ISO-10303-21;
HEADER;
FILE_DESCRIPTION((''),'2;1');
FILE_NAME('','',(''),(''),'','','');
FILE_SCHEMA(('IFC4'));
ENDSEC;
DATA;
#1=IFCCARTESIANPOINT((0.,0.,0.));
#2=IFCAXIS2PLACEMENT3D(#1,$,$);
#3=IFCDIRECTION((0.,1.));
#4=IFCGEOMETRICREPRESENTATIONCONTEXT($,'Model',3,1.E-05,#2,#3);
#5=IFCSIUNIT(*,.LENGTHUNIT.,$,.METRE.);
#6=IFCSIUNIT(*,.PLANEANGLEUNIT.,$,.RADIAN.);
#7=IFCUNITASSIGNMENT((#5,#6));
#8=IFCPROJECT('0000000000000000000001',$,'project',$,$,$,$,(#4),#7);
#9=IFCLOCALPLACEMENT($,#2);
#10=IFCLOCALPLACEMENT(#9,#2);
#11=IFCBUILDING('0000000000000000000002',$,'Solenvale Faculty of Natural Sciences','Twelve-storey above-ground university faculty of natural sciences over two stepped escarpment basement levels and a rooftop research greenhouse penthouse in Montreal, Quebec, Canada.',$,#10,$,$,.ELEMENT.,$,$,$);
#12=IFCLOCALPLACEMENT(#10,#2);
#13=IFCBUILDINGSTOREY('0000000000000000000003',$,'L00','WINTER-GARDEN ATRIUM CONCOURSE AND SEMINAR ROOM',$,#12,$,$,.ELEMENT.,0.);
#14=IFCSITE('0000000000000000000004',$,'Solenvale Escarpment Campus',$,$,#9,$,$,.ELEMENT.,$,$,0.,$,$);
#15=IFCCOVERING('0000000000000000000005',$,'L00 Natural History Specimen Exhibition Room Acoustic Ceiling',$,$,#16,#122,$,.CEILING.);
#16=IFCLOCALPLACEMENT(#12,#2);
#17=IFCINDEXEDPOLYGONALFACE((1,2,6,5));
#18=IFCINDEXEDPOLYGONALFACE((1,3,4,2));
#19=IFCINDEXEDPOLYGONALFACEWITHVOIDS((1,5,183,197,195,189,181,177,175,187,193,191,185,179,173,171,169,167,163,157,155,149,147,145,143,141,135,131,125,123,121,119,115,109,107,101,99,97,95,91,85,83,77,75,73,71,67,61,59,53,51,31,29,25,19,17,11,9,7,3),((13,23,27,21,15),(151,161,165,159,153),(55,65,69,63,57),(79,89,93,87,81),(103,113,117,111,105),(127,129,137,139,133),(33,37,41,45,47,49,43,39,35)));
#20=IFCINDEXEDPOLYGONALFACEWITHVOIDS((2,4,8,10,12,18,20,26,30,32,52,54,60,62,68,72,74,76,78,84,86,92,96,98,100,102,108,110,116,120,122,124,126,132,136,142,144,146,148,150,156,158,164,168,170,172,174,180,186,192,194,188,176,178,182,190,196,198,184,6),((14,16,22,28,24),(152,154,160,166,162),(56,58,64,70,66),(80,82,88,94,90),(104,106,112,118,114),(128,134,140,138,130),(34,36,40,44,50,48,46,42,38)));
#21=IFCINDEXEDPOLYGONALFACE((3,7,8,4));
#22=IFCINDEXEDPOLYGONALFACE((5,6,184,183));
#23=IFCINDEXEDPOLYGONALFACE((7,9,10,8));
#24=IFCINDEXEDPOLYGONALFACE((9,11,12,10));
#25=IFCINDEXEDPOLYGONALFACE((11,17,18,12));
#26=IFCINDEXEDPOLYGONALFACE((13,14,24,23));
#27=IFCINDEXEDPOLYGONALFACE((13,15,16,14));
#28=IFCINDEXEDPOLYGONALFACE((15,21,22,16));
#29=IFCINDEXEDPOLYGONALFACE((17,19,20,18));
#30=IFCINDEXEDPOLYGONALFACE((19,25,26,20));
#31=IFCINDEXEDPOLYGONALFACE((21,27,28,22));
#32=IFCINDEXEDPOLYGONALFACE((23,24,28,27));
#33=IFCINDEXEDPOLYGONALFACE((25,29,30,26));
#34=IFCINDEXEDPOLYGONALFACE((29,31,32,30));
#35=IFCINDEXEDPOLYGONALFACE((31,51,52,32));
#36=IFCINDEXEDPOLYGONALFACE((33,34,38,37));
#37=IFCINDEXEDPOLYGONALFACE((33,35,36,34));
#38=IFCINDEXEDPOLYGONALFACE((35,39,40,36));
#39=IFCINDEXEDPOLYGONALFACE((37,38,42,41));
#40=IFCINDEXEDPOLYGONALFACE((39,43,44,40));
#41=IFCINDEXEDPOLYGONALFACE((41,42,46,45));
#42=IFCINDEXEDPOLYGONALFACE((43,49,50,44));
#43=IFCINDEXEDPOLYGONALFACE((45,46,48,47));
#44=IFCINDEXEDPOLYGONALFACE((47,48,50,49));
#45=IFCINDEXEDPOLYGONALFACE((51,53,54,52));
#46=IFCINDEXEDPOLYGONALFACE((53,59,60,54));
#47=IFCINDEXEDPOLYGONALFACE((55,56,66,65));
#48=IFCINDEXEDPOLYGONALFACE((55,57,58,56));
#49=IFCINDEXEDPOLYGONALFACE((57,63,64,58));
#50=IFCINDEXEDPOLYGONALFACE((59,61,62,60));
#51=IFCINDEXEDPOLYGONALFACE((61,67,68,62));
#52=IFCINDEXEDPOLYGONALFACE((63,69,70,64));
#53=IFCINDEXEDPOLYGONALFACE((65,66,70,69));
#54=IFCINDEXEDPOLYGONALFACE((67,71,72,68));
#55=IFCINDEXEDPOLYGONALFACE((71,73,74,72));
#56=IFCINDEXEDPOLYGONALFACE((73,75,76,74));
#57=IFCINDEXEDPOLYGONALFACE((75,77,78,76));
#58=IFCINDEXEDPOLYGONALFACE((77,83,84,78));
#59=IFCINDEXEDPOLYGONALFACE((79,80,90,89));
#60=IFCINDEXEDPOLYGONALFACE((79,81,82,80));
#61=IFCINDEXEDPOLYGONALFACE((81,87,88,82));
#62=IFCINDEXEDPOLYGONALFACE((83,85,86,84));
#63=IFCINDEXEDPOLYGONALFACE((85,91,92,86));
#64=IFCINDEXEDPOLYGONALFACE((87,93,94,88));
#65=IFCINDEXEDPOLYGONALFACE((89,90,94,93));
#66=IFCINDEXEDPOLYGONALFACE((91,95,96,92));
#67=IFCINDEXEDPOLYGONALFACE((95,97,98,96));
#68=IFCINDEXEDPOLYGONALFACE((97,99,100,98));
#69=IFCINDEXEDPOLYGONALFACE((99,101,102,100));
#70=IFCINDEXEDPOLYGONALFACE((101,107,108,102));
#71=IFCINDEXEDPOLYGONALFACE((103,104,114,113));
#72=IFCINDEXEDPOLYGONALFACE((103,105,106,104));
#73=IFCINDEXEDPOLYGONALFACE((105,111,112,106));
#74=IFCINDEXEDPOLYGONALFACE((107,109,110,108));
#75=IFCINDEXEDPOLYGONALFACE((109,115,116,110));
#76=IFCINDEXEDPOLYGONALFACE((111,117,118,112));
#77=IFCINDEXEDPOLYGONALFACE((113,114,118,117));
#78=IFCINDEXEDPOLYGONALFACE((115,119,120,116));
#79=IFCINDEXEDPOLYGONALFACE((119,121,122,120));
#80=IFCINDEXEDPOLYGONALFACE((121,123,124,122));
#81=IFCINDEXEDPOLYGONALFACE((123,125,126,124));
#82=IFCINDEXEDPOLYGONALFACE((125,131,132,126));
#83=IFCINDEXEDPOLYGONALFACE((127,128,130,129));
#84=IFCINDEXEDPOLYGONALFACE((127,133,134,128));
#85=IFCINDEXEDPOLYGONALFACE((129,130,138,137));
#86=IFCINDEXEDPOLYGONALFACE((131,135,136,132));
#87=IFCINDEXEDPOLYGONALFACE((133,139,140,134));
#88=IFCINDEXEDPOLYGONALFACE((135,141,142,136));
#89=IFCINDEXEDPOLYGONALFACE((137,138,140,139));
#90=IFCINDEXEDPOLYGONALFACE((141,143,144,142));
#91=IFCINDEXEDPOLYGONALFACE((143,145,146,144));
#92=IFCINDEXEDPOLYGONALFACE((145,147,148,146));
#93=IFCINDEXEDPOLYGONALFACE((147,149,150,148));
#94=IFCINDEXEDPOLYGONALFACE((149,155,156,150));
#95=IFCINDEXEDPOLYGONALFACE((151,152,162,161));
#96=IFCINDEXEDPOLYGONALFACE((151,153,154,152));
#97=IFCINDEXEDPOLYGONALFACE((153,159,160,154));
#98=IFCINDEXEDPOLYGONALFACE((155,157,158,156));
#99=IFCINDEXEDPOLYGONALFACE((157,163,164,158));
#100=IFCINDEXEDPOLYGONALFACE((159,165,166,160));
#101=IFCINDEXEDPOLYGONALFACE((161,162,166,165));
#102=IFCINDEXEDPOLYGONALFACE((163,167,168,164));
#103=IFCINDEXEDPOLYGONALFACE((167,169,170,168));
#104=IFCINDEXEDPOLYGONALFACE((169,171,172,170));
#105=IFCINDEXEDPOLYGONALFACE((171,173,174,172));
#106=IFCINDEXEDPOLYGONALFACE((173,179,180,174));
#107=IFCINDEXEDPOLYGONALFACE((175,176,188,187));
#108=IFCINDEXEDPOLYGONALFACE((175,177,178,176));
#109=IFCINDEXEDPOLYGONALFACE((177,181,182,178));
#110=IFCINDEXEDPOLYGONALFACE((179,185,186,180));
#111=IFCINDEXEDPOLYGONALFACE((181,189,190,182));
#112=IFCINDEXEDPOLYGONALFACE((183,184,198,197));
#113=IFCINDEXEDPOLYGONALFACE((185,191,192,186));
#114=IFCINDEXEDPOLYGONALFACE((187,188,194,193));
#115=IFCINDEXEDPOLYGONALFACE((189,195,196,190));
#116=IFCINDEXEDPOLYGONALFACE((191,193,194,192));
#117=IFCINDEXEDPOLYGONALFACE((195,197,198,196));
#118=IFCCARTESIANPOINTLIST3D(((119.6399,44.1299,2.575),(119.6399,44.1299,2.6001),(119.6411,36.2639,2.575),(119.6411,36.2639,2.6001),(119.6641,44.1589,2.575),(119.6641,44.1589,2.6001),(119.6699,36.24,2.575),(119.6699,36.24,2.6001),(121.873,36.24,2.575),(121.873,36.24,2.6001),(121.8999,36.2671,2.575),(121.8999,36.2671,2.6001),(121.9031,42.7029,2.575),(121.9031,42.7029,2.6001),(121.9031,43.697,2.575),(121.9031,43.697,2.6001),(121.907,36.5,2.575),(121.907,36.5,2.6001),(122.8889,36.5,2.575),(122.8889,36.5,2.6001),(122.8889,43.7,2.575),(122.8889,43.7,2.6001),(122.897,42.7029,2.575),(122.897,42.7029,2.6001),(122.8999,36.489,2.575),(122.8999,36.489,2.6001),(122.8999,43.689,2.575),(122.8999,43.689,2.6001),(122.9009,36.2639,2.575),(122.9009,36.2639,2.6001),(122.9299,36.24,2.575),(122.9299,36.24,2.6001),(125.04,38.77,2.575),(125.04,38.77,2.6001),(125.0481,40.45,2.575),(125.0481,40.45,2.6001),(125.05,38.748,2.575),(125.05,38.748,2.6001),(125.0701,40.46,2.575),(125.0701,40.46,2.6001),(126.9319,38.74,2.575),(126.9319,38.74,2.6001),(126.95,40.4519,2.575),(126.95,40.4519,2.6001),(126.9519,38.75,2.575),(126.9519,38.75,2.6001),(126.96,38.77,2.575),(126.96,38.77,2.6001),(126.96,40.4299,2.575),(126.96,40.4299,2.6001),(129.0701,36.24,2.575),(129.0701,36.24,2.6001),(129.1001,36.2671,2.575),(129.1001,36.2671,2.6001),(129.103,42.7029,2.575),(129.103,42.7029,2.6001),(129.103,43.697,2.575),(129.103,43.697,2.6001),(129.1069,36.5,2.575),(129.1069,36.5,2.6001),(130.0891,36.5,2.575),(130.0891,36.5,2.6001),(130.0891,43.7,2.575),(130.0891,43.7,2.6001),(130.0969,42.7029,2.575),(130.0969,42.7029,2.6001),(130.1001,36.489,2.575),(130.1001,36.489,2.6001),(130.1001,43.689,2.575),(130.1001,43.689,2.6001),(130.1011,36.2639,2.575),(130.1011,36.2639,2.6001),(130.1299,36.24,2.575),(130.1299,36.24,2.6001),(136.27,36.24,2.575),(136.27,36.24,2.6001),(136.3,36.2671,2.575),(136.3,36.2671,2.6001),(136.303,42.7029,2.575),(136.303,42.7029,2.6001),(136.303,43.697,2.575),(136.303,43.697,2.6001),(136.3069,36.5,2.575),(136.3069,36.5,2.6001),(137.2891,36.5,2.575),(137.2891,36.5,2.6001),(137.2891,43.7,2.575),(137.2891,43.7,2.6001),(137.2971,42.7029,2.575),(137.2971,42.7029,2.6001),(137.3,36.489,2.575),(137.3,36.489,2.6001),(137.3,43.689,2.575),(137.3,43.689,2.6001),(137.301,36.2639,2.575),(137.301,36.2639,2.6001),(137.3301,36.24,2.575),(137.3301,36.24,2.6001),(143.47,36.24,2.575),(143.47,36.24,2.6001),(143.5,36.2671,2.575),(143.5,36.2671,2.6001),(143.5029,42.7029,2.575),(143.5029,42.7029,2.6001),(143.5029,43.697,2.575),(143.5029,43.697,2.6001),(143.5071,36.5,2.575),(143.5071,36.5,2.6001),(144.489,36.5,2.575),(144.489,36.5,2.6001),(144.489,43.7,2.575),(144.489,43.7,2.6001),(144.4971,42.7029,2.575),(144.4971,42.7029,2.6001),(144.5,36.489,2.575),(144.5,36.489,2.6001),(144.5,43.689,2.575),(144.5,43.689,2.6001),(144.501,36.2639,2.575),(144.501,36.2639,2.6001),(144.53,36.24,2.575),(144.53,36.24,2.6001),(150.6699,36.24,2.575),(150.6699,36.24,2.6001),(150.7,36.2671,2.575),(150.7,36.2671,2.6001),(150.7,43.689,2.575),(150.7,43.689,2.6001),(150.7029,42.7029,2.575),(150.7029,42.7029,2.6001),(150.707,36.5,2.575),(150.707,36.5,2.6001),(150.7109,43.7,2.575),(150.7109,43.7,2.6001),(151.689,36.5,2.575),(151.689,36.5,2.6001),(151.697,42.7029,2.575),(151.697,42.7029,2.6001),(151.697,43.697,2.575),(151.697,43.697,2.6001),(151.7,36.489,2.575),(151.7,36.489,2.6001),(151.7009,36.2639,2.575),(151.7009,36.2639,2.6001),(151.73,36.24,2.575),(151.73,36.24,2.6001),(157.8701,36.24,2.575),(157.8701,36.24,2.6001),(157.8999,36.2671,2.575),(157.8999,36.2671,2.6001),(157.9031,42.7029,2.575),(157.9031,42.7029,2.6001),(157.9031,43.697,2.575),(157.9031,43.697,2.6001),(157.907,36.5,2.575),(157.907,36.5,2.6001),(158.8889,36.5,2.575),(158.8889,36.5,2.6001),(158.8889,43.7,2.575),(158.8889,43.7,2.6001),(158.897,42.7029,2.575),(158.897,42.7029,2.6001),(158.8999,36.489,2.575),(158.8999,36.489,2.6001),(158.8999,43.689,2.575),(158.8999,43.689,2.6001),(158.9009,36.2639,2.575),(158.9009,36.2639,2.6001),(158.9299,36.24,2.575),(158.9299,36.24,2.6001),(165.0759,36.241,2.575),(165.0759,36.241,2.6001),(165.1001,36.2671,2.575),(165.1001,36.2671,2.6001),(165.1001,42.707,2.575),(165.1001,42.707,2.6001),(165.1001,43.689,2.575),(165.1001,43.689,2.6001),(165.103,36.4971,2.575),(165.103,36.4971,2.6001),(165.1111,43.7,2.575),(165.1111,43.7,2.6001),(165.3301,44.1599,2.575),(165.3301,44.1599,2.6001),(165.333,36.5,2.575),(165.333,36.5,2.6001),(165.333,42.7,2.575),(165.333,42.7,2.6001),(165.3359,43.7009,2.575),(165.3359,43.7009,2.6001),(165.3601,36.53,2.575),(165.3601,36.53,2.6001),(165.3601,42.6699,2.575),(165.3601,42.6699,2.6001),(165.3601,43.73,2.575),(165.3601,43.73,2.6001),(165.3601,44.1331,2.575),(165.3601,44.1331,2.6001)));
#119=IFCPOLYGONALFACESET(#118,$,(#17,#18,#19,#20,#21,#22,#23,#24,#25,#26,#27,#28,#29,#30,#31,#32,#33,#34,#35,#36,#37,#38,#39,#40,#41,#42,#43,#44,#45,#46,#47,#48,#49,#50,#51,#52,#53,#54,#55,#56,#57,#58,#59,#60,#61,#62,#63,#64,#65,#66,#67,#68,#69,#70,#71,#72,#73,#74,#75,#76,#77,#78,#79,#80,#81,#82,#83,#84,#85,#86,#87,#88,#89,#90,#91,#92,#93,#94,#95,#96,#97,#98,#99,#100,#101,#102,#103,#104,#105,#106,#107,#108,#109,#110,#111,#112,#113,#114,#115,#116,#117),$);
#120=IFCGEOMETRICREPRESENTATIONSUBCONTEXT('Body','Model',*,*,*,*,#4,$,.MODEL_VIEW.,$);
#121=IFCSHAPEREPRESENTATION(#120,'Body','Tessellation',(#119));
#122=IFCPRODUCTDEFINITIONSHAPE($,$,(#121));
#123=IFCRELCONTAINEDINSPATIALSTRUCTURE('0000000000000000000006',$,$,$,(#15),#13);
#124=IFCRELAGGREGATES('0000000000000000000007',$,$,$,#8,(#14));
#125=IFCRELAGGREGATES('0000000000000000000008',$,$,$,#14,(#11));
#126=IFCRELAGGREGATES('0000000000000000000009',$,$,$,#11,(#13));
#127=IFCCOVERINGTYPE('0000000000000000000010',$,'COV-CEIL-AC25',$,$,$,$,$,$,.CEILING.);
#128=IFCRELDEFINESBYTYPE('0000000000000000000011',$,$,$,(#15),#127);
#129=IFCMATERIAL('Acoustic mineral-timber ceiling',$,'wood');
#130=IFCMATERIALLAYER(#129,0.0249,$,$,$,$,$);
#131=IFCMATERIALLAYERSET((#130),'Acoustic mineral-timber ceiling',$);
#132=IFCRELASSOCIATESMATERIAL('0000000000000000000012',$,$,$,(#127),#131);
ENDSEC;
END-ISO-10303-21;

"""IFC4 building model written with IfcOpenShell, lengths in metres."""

from ifc_helpers import new_model, si_unit, direction, frame, origin, place, context, subcontext, project, spatial, polyline, outline, extrude, material, layer, layer_set, type_object, element, save


model = new_model("IFC4")

# Units and contexts
model_context = context("Model", 3, precision=1e-05, world=origin(), true_north=direction((0.0, 1.0)))
body_context = subcontext(model_context, "Body", "Model", "MODEL_VIEW")
ifc_project = project(units=[si_unit("LENGTHUNIT", "METRE"), si_unit("PLANEANGLEUNIT", "RADIAN")], contexts=[model_context])

# Site, building, storey
site_placement = place(None, origin())
site = spatial("IfcSite", under=ifc_project, at=site_placement, Name="Solenvale Escarpment Campus", CompositionType="ELEMENT", RefElevation=0.0)
building_placement = place(site_placement, origin())
building = spatial("IfcBuilding", under=site, at=building_placement, Name="Solenvale Faculty of Natural Sciences", Description="Twelve-storey above-ground university faculty of natural sciences over two stepped escarpment basement levels and a rooftop research greenhouse penthouse in Montreal, Quebec, Canada.", CompositionType="ELEMENT")
storey_placement = place(building_placement, origin())
storey = spatial("IfcBuildingStorey", under=building, at=storey_placement, Name="L00", Description="WINTER-GARDEN ATRIUM CONCOURSE AND SEMINAR ROOM", CompositionType="ELEMENT", Elevation=0.0)

# Covering
ifc_material_1 = material(Name="Acoustic mineral-timber ceiling", Category="wood")
ifc_layer_1 = layer(ifc_material_1, 0.0249)
ifc_layer_set_1 = layer_set([ifc_layer_1], Name="Acoustic mineral-timber ceiling")
covering_type_1 = type_object("IfcCoveringType", Name="COV-CEIL-AC25", PredefinedType="CEILING", material=ifc_layer_set_1)
covering_1_placement = place(storey_placement, frame((0.0, 0.0, 2.575)))
element("IfcCovering", 1, at=covering_1_placement, inside=storey, type_object=covering_type_1, Name="L00 Natural History Specimen Exhibition Room Acoustic Ceiling", PredefinedType="CEILING", context=body_context, shape_type="SweptSolid", body=[
    extrude(outline(polyline([(165.3601, 43.73), (165.3359, 43.7009), (165.1111, 43.7), (165.1001, 43.689), (165.1001, 42.707), (165.333, 42.7), (165.3601, 42.6699), (165.3601, 36.53), (165.333, 36.5), (165.103, 36.4971), (165.1001, 36.2671), (165.0759, 36.241), (158.9299, 36.24), (158.9009, 36.2639), (158.8999, 36.489), (158.8889, 36.5), (157.907, 36.5), (157.8999, 36.2671), (157.8701, 36.24), (151.73, 36.24), (151.7009, 36.2639), (151.7, 36.489), (151.689, 36.5), (150.707, 36.5), (150.7, 36.2671), (150.6699, 36.24), (144.53, 36.24), (144.501, 36.2639), (144.5, 36.489), (144.489, 36.5), (143.5071, 36.5), (143.5, 36.2671), (143.47, 36.24), (137.3301, 36.24), (137.301, 36.2639), (137.3, 36.489), (137.2891, 36.5), (136.3069, 36.5), (136.3, 36.2671), (136.27, 36.24), (130.1299, 36.24), (130.1011, 36.2639), (130.1001, 36.489), (130.0891, 36.5), (129.1069, 36.5), (129.1001, 36.2671), (129.0701, 36.24), (122.9299, 36.24), (122.9009, 36.2639), (122.8999, 36.489), (122.8889, 36.5), (121.907, 36.5), (121.8999, 36.2671), (121.873, 36.24), (119.6699, 36.24), (119.6411, 36.2639), (119.6399, 44.1299), (119.6641, 44.1589), (165.3301, 44.1599), (165.3601, 44.1331), (165.3601, 43.73)]), holes=[polyline([(158.8999, 43.689), (158.8889, 43.7), (157.9031, 43.697), (157.9031, 42.7029), (158.897, 42.7029), (158.8999, 43.689)]), polyline([(150.7109, 43.7), (150.7, 43.689), (150.7029, 42.7029), (151.697, 42.7029), (151.697, 43.697), (150.7109, 43.7)]), polyline([(144.5, 43.689), (144.489, 43.7), (143.5029, 43.697), (143.5029, 42.7029), (144.4971, 42.7029), (144.5, 43.689)]), polyline([(137.3, 43.689), (137.2891, 43.7), (136.303, 43.697), (136.303, 42.7029), (137.2971, 42.7029), (137.3, 43.689)]), polyline([(130.1001, 43.689), (130.0891, 43.7), (129.103, 43.697), (129.103, 42.7029), (130.0969, 42.7029), (130.1001, 43.689)]), polyline([(126.9319, 38.74), (126.9519, 38.75), (126.96, 38.77), (126.96, 40.4299), (126.95, 40.4519), (125.0701, 40.46), (125.0481, 40.45), (125.04, 38.77), (125.05, 38.748), (126.9319, 38.74)]), polyline([(122.8999, 43.689), (122.8889, 43.7), (121.9031, 43.697), (121.9031, 42.7029), (122.897, 42.7029), (122.8999, 43.689)])]), origin(), (0.0, 0.0, 1.0), 0.0251),
])

save(model, "model.ifc")
